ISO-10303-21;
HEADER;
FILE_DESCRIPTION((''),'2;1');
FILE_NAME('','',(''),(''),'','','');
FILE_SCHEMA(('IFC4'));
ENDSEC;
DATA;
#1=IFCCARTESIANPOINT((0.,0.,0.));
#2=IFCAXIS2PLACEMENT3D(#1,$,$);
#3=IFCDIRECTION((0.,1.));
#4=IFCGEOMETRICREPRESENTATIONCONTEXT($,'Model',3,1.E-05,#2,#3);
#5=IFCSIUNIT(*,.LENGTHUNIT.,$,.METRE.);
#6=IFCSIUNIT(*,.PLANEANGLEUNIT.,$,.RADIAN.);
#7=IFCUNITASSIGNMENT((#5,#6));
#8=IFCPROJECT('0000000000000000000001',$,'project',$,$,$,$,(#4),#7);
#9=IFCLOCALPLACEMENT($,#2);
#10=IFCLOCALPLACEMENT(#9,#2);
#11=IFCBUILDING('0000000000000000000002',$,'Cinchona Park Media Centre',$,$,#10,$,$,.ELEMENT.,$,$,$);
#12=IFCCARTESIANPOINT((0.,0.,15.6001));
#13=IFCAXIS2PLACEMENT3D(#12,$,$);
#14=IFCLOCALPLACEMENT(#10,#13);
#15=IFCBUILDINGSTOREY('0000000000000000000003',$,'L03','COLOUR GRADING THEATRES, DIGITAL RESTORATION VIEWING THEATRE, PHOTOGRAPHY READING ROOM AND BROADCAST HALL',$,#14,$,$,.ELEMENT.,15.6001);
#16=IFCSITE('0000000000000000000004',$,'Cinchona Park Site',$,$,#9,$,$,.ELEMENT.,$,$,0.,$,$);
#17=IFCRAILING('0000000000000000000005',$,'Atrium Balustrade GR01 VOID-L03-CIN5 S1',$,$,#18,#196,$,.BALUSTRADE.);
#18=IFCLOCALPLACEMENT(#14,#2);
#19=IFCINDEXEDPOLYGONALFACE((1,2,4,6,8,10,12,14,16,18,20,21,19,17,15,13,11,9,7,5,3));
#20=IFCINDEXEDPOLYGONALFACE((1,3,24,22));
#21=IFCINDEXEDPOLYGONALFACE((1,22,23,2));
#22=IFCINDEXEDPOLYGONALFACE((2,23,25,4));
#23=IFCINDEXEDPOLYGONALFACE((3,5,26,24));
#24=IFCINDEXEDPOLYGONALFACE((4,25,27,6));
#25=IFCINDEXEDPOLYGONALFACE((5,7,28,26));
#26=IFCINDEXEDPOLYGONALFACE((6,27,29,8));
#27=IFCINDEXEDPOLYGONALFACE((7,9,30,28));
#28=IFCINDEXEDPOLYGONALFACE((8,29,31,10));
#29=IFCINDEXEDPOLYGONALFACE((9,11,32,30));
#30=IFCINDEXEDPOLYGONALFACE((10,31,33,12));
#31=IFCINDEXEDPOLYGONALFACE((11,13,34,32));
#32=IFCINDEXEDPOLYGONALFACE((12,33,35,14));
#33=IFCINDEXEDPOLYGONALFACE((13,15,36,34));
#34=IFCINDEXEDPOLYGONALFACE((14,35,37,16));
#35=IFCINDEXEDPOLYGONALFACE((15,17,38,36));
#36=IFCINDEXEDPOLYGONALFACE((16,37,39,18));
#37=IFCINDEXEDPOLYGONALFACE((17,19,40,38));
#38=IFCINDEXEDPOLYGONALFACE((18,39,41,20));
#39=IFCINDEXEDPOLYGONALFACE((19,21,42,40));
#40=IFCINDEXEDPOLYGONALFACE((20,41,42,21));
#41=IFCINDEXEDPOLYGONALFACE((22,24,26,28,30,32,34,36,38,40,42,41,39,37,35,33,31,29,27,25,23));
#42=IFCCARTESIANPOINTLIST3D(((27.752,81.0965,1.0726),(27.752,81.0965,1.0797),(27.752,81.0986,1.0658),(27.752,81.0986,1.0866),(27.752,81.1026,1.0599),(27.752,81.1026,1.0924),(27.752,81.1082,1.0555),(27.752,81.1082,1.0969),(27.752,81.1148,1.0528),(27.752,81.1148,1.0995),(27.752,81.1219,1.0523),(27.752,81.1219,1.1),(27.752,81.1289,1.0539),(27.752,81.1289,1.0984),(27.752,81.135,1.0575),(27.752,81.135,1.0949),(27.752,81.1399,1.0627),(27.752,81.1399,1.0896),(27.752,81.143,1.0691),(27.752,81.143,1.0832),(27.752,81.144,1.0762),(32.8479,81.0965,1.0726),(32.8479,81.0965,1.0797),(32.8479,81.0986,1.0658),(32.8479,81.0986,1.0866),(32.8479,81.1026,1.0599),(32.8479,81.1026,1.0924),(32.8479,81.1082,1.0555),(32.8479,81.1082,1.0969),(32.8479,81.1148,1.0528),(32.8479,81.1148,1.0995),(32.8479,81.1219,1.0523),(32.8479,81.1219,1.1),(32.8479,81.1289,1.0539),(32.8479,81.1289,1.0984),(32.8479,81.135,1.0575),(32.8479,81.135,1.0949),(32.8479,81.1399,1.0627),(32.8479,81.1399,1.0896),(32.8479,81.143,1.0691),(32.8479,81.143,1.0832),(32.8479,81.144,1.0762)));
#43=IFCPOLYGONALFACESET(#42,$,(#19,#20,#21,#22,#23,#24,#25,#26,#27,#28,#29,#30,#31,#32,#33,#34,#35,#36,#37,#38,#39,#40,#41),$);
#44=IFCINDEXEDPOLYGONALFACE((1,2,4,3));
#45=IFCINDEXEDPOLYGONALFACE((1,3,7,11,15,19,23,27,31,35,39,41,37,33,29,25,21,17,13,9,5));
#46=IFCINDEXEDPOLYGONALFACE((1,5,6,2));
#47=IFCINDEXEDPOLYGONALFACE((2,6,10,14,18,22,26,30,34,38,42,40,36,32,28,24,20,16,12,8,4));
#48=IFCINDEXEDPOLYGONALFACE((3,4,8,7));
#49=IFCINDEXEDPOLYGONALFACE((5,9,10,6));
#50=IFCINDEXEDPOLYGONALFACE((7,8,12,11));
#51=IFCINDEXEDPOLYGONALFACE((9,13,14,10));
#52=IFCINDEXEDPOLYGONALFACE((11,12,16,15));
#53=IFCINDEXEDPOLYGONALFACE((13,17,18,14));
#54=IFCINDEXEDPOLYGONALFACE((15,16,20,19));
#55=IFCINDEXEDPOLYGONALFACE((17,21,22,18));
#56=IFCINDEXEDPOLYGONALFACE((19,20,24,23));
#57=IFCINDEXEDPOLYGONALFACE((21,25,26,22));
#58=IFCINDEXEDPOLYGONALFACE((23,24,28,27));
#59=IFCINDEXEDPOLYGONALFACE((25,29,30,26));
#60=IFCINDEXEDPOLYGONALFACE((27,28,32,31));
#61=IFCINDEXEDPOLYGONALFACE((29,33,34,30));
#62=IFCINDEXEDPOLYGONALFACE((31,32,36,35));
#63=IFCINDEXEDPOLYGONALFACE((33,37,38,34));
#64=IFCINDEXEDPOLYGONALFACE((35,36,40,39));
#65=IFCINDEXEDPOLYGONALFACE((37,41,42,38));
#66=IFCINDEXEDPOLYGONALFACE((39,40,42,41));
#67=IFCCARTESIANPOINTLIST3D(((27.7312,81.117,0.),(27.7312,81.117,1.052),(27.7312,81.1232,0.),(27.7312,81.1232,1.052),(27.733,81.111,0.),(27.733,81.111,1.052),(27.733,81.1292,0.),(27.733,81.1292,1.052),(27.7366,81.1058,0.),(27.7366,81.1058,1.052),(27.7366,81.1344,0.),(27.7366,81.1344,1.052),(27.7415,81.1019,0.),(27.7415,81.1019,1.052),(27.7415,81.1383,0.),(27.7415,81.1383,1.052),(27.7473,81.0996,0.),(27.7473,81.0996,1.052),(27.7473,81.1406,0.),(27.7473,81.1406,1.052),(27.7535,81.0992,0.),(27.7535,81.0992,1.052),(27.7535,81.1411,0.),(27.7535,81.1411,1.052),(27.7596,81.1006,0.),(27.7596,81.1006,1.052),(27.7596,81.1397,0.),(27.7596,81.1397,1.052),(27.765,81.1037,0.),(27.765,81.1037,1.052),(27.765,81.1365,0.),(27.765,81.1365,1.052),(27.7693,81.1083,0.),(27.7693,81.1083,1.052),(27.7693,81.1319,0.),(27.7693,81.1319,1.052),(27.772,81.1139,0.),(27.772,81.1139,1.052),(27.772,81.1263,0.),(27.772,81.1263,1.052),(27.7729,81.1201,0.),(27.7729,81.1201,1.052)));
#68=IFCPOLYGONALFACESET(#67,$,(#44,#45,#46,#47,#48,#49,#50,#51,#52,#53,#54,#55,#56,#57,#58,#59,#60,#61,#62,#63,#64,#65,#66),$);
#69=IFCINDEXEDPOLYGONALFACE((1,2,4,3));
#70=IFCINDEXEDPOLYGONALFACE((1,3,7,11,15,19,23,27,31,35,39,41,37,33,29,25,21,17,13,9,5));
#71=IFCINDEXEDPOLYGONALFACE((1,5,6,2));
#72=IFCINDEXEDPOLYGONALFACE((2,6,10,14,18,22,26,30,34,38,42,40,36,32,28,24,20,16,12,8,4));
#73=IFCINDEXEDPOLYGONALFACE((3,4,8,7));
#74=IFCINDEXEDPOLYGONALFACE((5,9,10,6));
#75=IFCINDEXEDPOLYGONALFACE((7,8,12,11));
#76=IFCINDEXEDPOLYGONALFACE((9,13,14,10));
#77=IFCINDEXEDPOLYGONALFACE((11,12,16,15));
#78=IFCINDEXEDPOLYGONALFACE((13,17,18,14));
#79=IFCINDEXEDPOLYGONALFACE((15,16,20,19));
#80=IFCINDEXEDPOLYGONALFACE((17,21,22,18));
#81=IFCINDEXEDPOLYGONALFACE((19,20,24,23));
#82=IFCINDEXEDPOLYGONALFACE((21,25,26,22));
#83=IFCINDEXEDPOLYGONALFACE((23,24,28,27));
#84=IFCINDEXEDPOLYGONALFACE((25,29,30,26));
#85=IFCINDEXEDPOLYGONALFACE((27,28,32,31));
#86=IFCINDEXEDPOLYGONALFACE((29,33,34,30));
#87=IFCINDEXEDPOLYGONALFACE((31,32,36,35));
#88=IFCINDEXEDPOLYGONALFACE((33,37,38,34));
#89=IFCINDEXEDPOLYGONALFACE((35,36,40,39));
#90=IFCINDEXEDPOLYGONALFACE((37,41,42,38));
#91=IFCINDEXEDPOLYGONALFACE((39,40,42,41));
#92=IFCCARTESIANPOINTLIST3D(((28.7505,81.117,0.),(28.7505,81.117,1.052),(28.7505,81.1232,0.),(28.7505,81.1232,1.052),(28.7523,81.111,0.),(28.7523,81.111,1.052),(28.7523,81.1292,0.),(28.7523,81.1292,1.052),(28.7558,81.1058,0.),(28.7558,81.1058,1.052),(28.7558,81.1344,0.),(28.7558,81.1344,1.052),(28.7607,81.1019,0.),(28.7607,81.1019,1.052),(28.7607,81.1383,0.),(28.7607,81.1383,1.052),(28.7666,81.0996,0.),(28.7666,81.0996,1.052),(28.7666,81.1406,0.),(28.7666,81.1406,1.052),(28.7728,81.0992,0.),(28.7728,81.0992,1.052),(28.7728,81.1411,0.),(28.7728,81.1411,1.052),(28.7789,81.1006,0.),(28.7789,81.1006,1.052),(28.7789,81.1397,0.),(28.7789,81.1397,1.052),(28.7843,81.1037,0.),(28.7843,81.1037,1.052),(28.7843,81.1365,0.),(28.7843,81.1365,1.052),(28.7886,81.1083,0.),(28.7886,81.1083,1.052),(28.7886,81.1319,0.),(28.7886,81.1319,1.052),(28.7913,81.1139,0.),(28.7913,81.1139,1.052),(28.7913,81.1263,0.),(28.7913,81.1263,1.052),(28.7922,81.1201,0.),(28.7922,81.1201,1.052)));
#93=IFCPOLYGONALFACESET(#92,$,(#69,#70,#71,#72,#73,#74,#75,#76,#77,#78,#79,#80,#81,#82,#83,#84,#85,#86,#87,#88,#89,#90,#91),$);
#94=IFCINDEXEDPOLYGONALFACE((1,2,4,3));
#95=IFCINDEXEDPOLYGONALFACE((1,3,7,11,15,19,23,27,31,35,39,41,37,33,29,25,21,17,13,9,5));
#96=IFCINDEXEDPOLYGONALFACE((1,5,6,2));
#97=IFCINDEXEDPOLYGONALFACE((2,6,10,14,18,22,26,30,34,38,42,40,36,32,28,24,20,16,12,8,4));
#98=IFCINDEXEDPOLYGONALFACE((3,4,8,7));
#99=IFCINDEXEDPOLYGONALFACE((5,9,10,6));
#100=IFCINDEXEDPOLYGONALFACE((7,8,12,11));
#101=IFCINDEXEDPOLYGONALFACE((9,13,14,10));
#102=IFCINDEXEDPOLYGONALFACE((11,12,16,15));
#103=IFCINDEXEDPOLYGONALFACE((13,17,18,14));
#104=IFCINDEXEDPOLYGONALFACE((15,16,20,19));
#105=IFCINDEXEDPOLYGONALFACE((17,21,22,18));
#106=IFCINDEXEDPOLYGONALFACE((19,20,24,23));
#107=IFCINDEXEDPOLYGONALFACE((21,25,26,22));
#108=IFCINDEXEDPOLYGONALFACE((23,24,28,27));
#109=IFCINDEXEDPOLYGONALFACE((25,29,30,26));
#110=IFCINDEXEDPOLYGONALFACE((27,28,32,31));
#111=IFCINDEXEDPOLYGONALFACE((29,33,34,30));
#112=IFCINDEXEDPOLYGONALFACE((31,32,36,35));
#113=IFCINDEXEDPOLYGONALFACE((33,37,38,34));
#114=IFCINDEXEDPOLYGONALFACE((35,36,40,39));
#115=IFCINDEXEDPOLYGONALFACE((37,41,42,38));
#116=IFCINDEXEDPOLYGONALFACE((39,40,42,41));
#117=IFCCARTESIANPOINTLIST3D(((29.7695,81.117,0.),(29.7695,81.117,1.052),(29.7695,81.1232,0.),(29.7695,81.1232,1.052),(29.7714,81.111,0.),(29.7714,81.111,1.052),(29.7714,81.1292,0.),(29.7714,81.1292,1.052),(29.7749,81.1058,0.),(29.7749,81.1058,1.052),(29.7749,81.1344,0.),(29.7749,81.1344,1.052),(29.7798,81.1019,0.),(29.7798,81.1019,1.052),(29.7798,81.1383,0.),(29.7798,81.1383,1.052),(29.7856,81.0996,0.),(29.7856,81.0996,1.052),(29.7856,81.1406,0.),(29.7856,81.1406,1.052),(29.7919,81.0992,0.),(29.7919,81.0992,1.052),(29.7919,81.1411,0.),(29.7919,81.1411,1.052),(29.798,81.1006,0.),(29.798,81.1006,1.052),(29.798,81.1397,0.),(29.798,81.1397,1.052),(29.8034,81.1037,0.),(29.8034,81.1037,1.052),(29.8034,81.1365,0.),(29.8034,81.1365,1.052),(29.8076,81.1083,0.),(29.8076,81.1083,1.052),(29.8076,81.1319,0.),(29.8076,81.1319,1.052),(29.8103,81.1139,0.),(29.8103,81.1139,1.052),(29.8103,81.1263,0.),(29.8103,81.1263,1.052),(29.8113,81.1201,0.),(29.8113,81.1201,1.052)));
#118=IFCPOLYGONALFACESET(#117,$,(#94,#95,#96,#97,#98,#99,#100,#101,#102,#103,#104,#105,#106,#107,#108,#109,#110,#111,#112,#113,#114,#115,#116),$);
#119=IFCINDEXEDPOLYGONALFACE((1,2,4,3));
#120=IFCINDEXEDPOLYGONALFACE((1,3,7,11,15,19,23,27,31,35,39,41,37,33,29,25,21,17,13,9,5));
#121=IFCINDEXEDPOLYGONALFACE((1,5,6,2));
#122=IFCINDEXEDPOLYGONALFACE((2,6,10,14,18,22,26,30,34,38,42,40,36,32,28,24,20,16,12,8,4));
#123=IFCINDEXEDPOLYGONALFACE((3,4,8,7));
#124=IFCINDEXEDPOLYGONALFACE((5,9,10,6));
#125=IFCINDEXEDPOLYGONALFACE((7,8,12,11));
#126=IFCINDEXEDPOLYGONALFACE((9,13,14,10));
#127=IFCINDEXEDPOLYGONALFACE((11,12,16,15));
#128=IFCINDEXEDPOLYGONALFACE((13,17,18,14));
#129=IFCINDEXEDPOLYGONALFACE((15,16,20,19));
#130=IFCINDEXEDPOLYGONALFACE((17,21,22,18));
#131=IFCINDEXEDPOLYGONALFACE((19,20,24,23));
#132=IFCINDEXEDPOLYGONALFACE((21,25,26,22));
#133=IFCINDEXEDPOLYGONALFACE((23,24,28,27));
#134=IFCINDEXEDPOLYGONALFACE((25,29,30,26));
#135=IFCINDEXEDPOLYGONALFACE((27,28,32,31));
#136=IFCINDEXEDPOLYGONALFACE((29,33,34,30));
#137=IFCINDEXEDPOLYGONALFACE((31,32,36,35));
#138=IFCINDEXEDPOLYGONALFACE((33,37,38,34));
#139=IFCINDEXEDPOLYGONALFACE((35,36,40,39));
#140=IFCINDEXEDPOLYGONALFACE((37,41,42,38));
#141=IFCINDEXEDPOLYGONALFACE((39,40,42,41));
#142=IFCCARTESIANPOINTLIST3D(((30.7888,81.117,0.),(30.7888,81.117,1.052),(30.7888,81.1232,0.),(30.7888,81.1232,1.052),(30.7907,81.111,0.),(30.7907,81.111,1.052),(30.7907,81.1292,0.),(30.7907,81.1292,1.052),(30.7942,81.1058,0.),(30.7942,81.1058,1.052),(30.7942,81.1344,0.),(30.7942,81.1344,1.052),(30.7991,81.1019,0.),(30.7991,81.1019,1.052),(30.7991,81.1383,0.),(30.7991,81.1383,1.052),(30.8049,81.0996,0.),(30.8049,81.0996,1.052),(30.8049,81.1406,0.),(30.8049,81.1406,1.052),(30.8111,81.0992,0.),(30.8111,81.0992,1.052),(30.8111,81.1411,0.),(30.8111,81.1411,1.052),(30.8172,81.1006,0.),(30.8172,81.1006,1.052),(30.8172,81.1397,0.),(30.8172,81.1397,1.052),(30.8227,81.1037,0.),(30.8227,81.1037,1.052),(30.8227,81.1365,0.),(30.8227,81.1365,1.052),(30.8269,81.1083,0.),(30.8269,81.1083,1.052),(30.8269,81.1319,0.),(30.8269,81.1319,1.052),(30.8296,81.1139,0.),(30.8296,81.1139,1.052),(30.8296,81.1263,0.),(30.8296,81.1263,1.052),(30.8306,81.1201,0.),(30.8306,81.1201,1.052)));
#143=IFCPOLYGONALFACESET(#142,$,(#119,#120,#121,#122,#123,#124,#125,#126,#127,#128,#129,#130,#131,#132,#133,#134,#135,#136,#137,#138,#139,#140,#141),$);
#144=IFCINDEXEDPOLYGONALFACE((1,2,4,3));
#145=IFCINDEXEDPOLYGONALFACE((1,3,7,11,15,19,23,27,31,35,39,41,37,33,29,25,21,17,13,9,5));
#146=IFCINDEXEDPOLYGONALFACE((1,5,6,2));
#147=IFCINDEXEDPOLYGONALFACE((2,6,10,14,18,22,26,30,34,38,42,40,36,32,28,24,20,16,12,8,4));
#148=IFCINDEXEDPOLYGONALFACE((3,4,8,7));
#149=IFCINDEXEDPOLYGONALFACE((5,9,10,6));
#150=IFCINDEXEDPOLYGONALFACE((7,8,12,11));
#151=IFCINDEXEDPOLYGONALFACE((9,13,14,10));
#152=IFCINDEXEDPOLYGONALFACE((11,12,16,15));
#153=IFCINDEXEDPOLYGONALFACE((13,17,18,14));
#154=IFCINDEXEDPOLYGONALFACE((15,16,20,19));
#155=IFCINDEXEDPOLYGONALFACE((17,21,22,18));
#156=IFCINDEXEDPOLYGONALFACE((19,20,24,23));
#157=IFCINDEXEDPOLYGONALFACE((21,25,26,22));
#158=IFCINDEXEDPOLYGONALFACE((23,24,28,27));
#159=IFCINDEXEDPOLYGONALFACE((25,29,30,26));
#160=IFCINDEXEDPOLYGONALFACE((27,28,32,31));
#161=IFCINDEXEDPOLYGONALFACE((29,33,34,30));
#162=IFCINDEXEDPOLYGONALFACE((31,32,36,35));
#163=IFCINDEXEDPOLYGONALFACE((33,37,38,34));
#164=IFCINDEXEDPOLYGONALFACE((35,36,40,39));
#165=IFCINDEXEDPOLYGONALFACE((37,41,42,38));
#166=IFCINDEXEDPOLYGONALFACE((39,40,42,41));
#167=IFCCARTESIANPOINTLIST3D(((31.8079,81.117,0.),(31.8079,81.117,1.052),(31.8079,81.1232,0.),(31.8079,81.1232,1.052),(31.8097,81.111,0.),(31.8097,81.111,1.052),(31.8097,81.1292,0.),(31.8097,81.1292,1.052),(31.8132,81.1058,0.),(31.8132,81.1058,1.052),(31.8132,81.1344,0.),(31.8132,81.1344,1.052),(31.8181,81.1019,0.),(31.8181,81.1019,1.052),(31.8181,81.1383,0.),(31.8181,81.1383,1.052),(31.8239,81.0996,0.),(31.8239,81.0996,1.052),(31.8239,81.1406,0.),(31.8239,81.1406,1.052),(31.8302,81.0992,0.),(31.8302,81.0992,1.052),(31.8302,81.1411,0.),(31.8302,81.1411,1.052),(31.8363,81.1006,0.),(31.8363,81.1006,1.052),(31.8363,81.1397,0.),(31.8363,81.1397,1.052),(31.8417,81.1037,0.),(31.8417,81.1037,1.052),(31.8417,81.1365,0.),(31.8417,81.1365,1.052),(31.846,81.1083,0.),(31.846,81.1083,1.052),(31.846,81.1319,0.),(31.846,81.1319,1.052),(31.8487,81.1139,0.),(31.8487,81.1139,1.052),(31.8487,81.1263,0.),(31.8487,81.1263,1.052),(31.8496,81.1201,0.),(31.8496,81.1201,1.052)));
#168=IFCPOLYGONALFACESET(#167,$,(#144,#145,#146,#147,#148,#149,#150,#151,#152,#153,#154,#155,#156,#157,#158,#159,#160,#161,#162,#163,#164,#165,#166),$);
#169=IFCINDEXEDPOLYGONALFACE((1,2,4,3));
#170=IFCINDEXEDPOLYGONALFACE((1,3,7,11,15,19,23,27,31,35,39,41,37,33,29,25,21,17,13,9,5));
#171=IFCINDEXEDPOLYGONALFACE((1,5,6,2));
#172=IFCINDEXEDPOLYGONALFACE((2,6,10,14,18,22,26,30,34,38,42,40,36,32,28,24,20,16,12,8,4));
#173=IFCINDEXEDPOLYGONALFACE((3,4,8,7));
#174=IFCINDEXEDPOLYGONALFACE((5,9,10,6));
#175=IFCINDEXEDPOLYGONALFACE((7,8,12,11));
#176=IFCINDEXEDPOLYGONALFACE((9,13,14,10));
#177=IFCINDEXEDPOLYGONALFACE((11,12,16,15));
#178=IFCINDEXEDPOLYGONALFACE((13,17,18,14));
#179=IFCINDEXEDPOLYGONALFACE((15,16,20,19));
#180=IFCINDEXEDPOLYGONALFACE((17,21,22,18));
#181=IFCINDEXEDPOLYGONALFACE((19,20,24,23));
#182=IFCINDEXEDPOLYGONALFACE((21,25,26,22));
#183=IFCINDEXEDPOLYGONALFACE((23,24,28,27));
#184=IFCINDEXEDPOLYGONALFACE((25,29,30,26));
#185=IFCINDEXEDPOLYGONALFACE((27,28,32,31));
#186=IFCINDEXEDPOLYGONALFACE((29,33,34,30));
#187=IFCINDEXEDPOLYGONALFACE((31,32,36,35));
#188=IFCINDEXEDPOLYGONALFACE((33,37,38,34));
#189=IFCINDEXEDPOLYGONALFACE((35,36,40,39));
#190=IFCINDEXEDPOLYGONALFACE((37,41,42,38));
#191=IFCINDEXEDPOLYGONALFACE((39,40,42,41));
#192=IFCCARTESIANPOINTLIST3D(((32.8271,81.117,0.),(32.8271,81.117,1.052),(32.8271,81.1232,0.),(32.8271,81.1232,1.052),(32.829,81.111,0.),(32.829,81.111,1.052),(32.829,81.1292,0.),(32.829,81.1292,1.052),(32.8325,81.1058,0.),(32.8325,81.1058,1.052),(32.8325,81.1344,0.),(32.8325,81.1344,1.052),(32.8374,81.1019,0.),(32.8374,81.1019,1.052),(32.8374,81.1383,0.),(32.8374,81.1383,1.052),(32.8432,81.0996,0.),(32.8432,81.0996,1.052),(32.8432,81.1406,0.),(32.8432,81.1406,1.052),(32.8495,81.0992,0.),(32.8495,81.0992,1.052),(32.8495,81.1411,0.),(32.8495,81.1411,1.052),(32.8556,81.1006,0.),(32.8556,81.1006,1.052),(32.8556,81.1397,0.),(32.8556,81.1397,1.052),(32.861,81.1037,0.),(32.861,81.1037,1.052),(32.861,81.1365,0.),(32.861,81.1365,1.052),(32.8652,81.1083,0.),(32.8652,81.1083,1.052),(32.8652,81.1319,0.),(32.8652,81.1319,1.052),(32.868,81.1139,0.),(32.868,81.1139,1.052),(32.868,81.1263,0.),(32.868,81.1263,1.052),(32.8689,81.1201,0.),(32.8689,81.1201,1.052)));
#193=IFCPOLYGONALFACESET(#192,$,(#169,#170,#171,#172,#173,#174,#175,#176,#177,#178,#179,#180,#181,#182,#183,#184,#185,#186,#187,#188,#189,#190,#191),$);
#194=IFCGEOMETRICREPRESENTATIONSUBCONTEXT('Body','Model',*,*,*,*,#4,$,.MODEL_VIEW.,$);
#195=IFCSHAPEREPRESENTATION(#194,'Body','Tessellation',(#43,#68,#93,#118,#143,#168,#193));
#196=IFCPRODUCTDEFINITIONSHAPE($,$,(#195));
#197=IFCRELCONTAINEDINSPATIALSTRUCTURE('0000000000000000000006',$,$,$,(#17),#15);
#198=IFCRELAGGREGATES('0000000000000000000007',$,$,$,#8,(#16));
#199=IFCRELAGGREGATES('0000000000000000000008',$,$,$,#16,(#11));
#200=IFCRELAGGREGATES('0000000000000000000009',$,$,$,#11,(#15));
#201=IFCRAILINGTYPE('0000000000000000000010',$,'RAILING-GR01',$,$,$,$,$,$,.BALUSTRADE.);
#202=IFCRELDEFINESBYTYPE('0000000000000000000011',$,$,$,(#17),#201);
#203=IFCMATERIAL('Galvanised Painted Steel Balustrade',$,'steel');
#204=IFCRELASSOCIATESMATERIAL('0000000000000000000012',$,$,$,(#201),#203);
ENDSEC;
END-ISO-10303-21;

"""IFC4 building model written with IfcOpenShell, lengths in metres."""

from ifc_helpers import new_model, si_unit, direction, frame, origin, origin_2d, place, context, subcontext, project, spatial, circle, extrude, material, type_object, element, save


model = new_model("IFC4")

# Units and contexts
model_context = context("Model", 3, precision=1e-05, world=origin(), true_north=direction((0.0, 1.0)))
body_context = subcontext(model_context, "Body", "Model", "MODEL_VIEW")
ifc_project = project(units=[si_unit("LENGTHUNIT", "METRE"), si_unit("PLANEANGLEUNIT", "RADIAN")], contexts=[model_context])

# Site, building, storey
site_placement = place(None, origin())
site = spatial("IfcSite", under=ifc_project, at=site_placement, Name="Cinchona Park Site", CompositionType="ELEMENT", RefElevation=0.0)
building_placement = place(site_placement, origin())
building = spatial("IfcBuilding", under=site, at=building_placement, Name="Cinchona Park Media Centre", CompositionType="ELEMENT")
storey_placement = place(building_placement, frame((0.0, 0.0, 15.6001)))
storey = spatial("IfcBuildingStorey", under=building, at=storey_placement, Name="L03", Description="COLOUR GRADING THEATRES, DIGITAL RESTORATION VIEWING THEATRE, PHOTOGRAPHY READING ROOM AND BROADCAST HALL", CompositionType="ELEMENT", Elevation=15.6001)

# Railing
ifc_material_1 = material(Name="Galvanised Painted Steel Balustrade", Category="steel")
railing_type = type_object("IfcRailingType", Name="RAILING-GR01", PredefinedType="BALUSTRADE", material=ifc_material_1)
railing_1_placement = place(storey_placement, frame((27.752, 81.1201, 0.0)))
element("IfcRailing", 1, at=railing_1_placement, inside=storey, type_object=railing_type, Name="Atrium Balustrade GR01 VOID-L03-CIN5 S1", PredefinedType="BALUSTRADE", context=body_context, shape_type="SweptSolid", body=[
    extrude(circle(Radius=0.0239, at=origin_2d()), frame((0.0, 0.0, 1.0762), z_axis=(1.0, 0.0, 0.0), x_axis=(0.0, 1.0, 0.0)), (0.0, 0.0, 1.0), 5.0959),
    extrude(circle(Radius=0.021, at=origin_2d()), origin(), (0.0, 0.0, 1.0), 1.052),
    extrude(circle(Radius=0.021, at=origin_2d()), frame((1.0193, 0.0, 0.0)), (0.0, 0.0, 1.0), 1.052),
    extrude(circle(Radius=0.021, at=origin_2d()), frame((2.0383, 0.0, 0.0)), (0.0, 0.0, 1.0), 1.052),
    extrude(circle(Radius=0.021, at=origin_2d()), frame((3.0576, 0.0, 0.0)), (0.0, 0.0, 1.0), 1.052),
    extrude(circle(Radius=0.021, at=origin_2d()), frame((4.0767, 0.0, 0.0)), (0.0, 0.0, 1.0), 1.052),
    extrude(circle(Radius=0.021, at=origin_2d()), frame((5.0959, 0.0, 0.0)), (0.0, 0.0, 1.0), 1.052),
])

save(model, "model.ifc")
